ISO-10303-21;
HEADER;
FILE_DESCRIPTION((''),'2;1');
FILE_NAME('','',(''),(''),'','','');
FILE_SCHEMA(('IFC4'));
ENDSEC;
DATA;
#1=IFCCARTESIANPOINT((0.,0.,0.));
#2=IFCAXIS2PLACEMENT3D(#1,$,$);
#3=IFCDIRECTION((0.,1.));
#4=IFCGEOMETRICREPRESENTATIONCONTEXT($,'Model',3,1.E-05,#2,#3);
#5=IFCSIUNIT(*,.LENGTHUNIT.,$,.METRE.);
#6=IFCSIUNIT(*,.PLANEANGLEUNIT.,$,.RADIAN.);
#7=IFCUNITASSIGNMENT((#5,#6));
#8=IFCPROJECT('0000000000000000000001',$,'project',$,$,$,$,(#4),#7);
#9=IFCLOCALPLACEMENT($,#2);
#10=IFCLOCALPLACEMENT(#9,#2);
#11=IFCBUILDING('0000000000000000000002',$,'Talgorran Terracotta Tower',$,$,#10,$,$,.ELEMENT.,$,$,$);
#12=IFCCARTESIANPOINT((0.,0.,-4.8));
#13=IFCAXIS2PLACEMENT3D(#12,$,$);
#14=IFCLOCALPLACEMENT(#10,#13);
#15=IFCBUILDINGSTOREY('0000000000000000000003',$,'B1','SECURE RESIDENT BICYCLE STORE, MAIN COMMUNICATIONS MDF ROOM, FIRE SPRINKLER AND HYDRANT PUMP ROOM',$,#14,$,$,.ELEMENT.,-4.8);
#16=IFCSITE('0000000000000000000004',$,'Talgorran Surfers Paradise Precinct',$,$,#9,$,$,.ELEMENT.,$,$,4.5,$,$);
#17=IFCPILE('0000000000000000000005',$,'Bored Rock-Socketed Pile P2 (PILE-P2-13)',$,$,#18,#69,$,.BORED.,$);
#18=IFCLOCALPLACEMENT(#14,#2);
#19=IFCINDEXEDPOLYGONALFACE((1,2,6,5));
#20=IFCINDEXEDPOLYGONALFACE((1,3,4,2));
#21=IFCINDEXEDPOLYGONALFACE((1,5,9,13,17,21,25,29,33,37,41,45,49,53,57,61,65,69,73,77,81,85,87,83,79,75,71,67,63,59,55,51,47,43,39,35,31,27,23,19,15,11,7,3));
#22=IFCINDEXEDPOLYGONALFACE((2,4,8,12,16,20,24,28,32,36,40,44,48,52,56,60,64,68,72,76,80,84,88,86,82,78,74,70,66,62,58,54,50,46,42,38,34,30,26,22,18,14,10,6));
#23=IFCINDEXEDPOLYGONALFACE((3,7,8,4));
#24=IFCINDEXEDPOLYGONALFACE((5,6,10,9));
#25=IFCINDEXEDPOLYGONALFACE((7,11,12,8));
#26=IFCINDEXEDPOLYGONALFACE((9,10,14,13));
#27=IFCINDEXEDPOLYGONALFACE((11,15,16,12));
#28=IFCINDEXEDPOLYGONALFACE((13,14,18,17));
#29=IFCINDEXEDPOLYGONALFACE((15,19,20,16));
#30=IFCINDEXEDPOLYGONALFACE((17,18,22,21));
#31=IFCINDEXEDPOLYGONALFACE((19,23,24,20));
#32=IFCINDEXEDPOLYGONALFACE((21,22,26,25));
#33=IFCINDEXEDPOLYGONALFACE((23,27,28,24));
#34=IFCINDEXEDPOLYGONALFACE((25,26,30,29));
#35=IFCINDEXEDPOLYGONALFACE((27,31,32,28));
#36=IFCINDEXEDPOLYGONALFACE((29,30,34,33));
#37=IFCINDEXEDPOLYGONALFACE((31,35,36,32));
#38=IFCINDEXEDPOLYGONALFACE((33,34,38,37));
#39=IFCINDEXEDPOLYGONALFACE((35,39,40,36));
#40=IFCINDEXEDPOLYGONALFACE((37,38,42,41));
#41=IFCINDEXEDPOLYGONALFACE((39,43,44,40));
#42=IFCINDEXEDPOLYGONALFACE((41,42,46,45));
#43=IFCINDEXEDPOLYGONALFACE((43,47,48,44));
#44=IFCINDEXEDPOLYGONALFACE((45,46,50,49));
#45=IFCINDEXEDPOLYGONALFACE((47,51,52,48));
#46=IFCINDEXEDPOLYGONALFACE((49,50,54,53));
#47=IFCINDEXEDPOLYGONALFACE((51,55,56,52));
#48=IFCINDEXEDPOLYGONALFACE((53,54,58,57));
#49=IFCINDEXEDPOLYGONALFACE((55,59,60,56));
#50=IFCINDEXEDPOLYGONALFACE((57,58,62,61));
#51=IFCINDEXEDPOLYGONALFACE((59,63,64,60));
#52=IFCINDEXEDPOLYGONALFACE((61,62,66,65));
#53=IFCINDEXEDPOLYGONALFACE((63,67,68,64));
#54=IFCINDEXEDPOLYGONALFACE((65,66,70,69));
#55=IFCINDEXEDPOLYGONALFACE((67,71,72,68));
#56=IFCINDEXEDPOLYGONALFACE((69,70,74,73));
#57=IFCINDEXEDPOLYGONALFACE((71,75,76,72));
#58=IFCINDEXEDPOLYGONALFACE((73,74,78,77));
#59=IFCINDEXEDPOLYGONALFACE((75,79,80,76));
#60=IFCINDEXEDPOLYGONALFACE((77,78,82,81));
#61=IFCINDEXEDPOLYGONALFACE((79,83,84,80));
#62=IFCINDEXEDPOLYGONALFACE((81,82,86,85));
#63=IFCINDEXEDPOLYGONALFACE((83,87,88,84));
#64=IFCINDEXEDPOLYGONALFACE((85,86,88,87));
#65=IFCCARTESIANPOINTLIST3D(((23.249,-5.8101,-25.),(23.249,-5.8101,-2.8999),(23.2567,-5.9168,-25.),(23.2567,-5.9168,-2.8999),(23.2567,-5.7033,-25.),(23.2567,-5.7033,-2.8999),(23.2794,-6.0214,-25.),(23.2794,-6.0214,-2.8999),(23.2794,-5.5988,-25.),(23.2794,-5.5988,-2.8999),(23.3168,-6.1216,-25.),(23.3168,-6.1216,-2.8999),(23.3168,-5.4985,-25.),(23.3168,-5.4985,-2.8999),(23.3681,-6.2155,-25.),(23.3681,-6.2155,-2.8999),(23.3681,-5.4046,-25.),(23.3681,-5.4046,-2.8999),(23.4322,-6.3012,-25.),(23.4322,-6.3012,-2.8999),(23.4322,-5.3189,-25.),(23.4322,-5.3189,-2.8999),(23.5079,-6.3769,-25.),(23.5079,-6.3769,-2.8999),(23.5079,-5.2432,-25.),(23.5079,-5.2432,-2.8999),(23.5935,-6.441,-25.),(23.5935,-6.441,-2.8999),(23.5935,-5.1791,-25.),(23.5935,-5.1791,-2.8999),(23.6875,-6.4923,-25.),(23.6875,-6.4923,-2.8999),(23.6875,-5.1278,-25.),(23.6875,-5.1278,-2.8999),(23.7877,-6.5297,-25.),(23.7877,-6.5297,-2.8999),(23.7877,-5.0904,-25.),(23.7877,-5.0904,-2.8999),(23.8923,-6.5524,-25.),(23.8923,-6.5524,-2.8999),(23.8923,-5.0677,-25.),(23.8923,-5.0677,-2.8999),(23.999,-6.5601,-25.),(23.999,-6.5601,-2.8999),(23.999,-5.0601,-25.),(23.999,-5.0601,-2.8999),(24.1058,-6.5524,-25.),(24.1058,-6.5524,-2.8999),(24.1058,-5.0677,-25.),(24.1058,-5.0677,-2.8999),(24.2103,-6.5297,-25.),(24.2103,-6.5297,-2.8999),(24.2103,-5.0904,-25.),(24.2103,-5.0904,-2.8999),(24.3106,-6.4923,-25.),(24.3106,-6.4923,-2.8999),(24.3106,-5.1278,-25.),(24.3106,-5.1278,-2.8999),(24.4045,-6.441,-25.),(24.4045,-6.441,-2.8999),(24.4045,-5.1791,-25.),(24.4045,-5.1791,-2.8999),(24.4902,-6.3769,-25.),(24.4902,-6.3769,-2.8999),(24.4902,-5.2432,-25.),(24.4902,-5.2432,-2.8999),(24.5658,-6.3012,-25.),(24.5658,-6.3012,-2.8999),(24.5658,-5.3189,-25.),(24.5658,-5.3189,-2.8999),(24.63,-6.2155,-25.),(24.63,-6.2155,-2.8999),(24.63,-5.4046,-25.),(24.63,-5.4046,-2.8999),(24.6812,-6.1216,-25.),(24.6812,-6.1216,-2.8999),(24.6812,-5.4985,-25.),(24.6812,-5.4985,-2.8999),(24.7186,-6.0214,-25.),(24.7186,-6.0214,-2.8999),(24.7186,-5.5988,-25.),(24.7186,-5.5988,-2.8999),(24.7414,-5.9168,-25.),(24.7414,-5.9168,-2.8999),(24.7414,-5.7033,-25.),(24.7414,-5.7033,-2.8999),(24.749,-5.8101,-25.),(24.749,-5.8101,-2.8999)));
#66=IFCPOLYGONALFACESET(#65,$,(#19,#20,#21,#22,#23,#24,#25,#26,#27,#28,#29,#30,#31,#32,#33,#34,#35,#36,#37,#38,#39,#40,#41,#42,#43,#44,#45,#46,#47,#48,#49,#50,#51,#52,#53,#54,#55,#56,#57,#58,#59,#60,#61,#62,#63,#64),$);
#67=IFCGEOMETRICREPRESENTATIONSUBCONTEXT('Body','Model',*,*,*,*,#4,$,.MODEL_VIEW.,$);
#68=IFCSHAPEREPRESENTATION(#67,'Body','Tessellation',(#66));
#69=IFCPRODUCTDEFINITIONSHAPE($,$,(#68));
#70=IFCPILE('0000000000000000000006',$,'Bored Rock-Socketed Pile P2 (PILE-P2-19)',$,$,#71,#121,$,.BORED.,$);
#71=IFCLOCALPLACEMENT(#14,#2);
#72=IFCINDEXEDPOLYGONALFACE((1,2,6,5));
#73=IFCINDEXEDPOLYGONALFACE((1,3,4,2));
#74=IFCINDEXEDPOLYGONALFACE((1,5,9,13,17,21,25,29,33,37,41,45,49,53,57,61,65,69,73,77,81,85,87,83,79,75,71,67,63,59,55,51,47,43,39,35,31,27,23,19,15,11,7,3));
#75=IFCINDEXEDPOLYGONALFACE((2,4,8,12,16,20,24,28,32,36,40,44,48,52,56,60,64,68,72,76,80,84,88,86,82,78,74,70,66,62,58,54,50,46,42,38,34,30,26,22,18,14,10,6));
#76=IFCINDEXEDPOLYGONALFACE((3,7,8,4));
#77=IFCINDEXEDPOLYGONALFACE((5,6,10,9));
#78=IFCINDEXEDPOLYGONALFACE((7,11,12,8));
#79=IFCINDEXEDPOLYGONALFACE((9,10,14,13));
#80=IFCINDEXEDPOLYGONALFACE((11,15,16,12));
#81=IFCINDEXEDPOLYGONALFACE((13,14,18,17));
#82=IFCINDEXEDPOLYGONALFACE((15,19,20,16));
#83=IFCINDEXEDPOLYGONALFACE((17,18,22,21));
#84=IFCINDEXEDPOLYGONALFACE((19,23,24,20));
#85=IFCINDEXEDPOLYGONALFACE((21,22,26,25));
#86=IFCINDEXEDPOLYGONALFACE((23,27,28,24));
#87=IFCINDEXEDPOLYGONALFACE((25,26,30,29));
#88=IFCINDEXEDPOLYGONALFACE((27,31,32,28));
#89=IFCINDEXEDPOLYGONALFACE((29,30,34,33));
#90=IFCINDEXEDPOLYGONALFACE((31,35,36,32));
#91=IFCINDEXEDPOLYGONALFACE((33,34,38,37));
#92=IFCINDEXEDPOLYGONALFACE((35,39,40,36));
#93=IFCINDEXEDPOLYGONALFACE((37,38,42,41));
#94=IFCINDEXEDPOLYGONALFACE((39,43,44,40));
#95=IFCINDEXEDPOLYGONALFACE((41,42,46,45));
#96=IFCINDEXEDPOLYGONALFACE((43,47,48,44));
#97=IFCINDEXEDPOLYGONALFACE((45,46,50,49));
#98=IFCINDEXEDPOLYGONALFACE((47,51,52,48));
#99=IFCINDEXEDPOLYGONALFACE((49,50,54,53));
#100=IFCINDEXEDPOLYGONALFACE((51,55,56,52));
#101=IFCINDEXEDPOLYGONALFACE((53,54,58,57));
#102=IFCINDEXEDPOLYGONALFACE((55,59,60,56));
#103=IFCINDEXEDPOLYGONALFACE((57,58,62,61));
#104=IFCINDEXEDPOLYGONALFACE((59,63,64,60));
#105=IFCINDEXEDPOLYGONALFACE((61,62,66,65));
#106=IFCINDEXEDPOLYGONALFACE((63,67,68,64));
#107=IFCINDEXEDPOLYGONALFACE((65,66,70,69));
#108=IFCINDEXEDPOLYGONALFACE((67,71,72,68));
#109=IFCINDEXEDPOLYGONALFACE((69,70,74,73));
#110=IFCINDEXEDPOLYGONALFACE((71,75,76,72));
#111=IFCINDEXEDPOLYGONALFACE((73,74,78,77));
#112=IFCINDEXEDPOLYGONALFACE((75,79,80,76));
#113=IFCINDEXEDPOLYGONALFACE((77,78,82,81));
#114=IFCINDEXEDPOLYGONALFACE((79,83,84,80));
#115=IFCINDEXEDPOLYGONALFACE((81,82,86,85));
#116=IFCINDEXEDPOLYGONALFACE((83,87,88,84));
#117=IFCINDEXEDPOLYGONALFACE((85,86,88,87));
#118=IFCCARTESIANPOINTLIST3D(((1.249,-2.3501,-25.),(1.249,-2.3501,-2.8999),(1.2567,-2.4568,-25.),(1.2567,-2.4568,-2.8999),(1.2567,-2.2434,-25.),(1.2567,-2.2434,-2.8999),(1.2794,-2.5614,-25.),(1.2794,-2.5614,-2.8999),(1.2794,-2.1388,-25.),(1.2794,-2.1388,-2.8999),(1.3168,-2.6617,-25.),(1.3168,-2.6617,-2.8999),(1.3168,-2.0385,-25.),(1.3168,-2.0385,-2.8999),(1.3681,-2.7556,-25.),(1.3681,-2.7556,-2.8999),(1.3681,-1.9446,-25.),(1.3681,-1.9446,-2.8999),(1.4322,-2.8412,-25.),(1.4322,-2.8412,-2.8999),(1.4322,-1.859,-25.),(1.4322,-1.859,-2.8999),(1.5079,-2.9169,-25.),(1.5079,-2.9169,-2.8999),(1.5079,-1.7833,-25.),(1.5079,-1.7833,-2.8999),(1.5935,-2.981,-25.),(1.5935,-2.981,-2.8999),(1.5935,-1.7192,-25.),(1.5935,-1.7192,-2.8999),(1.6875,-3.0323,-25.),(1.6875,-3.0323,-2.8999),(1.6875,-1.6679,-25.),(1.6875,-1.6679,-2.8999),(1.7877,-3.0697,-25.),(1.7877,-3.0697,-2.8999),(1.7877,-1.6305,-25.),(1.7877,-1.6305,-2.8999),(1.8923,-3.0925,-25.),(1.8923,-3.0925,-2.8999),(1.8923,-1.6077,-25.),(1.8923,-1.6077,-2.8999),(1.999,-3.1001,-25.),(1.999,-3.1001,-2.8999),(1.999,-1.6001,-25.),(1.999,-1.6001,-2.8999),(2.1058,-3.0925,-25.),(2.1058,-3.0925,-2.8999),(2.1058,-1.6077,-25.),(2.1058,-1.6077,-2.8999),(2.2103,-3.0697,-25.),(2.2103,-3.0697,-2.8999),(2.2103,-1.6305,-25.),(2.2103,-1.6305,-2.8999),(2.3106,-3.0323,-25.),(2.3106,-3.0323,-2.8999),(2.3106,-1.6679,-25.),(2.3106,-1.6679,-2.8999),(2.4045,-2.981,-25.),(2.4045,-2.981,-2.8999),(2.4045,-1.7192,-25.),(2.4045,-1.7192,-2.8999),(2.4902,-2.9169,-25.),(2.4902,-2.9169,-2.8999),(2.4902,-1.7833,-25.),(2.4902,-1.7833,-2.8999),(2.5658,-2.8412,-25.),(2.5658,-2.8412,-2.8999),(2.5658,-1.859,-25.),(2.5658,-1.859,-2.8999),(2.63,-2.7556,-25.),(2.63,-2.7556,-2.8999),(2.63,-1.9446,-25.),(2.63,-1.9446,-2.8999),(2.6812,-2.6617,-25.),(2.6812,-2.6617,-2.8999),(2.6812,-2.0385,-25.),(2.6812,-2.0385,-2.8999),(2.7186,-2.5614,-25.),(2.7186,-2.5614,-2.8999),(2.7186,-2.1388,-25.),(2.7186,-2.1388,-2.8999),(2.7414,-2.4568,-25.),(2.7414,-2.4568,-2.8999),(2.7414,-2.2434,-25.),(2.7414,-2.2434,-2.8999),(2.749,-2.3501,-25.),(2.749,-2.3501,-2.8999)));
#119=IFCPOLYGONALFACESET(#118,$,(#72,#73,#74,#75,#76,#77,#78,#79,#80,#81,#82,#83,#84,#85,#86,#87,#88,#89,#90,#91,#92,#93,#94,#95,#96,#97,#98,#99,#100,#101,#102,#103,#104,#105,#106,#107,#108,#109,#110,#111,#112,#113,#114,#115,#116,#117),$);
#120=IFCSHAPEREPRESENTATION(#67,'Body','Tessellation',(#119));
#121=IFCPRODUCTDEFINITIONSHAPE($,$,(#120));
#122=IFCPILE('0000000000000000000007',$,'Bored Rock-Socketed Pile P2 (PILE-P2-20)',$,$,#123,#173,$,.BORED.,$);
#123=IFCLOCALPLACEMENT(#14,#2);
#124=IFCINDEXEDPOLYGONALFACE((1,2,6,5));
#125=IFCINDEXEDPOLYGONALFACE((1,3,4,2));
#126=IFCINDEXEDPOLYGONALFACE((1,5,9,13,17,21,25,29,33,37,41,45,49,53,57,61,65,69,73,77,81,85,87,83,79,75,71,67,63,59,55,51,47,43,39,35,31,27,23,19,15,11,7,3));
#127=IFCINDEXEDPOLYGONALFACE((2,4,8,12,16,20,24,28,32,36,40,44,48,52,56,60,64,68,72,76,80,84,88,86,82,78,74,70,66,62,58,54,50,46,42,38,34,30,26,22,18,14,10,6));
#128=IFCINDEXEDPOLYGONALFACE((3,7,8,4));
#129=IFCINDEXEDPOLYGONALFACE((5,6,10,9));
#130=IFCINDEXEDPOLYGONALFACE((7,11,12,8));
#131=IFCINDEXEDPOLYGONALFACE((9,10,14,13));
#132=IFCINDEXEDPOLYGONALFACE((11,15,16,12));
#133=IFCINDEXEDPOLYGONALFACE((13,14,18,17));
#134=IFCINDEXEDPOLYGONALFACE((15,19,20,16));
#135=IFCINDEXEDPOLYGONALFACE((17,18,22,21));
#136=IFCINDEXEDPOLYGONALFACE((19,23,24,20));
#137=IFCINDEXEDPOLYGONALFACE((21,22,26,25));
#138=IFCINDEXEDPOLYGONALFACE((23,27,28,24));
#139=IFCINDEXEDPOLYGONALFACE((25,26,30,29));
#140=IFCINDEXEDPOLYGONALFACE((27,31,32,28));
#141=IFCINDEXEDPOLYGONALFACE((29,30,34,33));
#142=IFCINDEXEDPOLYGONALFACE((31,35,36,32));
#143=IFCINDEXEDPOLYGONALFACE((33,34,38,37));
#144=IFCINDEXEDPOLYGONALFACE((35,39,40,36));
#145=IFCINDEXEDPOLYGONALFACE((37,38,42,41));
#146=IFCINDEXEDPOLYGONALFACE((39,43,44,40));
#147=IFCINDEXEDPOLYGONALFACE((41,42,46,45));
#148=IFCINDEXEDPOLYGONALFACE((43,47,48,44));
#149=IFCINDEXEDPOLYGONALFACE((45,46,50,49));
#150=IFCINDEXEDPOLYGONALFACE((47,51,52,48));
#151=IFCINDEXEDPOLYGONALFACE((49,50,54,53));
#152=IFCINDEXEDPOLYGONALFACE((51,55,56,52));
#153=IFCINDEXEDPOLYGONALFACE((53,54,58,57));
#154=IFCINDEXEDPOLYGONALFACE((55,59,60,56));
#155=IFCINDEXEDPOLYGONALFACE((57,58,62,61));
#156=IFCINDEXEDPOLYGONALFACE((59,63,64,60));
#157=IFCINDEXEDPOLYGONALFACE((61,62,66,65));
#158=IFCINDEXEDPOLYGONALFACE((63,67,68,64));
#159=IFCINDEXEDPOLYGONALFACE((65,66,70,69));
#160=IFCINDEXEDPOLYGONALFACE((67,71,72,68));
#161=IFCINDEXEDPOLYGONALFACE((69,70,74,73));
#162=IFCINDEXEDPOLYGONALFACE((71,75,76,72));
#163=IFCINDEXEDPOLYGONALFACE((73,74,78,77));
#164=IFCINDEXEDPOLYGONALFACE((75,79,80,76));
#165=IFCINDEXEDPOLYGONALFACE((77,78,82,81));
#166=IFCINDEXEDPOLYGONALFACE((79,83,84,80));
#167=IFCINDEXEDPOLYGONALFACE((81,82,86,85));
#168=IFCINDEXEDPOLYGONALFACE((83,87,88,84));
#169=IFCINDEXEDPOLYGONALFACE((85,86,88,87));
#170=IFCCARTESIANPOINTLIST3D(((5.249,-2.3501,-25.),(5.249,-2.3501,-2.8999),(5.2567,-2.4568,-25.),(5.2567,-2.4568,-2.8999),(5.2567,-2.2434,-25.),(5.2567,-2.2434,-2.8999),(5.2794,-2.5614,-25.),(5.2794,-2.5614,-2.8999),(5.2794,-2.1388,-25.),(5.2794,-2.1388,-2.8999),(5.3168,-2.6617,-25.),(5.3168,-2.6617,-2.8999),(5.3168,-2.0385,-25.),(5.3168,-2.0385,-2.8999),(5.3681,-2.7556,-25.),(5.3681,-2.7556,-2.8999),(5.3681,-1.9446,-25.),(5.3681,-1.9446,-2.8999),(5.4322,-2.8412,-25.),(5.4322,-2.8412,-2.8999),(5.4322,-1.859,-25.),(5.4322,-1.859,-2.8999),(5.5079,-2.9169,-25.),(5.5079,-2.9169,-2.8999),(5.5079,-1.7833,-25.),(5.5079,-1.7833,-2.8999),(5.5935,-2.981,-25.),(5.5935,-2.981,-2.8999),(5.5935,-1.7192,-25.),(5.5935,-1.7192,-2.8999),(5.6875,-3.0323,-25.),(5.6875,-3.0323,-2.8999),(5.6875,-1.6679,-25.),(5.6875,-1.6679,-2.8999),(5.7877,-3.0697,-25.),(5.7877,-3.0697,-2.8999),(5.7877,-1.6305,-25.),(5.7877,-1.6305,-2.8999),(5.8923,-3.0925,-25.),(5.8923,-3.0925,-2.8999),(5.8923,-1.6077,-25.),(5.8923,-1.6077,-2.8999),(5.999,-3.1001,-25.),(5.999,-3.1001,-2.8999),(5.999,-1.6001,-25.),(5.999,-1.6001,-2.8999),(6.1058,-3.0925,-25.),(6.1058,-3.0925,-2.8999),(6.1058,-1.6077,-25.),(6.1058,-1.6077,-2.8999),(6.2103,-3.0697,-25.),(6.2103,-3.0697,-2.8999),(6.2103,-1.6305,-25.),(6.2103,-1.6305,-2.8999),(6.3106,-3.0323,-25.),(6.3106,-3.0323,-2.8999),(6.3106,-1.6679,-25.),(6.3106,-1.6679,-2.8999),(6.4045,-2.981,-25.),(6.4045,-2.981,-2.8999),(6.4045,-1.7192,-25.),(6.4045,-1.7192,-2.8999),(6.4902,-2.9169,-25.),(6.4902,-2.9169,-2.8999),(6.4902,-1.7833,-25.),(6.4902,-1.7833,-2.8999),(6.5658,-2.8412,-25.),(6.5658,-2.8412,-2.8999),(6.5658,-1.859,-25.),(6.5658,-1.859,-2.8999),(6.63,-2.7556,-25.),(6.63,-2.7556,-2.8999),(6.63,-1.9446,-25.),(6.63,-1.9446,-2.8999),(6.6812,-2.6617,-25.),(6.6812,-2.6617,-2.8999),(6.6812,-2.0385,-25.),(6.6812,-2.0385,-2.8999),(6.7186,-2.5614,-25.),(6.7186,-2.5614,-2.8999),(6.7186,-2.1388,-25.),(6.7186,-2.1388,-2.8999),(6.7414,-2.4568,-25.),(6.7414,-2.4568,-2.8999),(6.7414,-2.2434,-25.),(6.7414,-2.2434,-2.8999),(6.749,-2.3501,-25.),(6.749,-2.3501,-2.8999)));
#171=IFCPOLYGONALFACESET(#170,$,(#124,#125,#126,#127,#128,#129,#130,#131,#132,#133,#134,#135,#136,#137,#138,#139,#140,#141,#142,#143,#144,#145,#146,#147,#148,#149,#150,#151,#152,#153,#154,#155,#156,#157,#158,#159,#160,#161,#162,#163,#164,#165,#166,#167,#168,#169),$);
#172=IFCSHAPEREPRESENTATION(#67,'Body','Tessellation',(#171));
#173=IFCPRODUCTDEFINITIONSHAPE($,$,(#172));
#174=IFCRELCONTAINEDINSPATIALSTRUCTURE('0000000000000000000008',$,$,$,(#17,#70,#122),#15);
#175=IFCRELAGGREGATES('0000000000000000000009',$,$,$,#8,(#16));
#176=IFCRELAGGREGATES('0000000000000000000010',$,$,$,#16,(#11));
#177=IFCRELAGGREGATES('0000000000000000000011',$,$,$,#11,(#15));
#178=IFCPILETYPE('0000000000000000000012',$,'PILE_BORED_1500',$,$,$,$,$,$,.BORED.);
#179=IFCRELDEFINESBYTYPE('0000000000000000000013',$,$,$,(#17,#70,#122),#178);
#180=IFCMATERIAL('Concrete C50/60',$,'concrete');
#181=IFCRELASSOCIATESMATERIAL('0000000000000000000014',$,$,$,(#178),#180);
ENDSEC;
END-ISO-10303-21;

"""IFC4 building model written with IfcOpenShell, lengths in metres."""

from ifc_helpers import new_model, si_unit, direction, frame, origin, origin_2d, place, context, subcontext, project, spatial, circle, extrude, material, material_profile, profile_set, type_object, element, save


model = new_model("IFC4")

# Units and contexts
model_context = context("Model", 3, precision=1e-05, world=origin(), true_north=direction((0.0, 1.0)))
body_context = subcontext(model_context, "Body", "Model", "MODEL_VIEW")
ifc_project = project(units=[si_unit("LENGTHUNIT", "METRE"), si_unit("PLANEANGLEUNIT", "RADIAN")], contexts=[model_context])

# Site, building, storey
site_placement = place(None, origin())
site = spatial("IfcSite", under=ifc_project, at=site_placement, Name="Talgorran Surfers Paradise Precinct", CompositionType="ELEMENT", RefElevation=4.5)
building_placement = place(site_placement, origin())
building = spatial("IfcBuilding", under=site, at=building_placement, Name="Talgorran Terracotta Tower", CompositionType="ELEMENT")
storey_placement = place(building_placement, frame((0.0, 0.0, -4.8)))
storey = spatial("IfcBuildingStorey", under=building, at=storey_placement, Name="B1", Description="SECURE RESIDENT BICYCLE STORE, MAIN COMMUNICATIONS MDF ROOM, FIRE SPRINKLER AND HYDRANT PUMP ROOM", CompositionType="ELEMENT", Elevation=-4.8)

# Piles
ifc_material_1 = material(Name="Concrete C50/60", Category="concrete")
ifc_material_profile_1 = material_profile(ifc_material_1, circle(Radius=0.75, at=origin_2d()), Name="PILE1500")
ifc_profile_set_1 = profile_set([ifc_material_profile_1], Name="Concrete C50/60")
pile_type = type_object("IfcPileType", Name="PILE_BORED_1500", PredefinedType="BORED", material=ifc_profile_set_1)
for number, where, z_axis, x_axis, name in (
    (1, (23.999, -5.8101, -2.8999), (0.0, 0.0, -1.0), (1.0, 0.0, 0.0), "Bored Rock-Socketed Pile P2 (PILE-P2-13)"),
    (2, (1.999, -2.3501, -2.8999), (0.0, 0.0, -1.0), (1.0, 0.0, 0.0), "Bored Rock-Socketed Pile P2 (PILE-P2-19)"),
    (3, (5.999, -2.3501, -2.8999), (0.0, 0.0, -1.0), (1.0, 0.0, 0.0), "Bored Rock-Socketed Pile P2 (PILE-P2-20)"),
):
    element("IfcPile", number, at=place(storey_placement, frame(where, z_axis=z_axis, x_axis=x_axis)), inside=storey, type_object=pile_type, Name=name, PredefinedType="BORED", context=body_context, shape_type="SweptSolid", body=[
        extrude(circle(Radius=0.75, at=origin_2d()), origin(), (0.0, 0.0, 1.0), 22.1001),
    ])

save(model, "model.ifc")
